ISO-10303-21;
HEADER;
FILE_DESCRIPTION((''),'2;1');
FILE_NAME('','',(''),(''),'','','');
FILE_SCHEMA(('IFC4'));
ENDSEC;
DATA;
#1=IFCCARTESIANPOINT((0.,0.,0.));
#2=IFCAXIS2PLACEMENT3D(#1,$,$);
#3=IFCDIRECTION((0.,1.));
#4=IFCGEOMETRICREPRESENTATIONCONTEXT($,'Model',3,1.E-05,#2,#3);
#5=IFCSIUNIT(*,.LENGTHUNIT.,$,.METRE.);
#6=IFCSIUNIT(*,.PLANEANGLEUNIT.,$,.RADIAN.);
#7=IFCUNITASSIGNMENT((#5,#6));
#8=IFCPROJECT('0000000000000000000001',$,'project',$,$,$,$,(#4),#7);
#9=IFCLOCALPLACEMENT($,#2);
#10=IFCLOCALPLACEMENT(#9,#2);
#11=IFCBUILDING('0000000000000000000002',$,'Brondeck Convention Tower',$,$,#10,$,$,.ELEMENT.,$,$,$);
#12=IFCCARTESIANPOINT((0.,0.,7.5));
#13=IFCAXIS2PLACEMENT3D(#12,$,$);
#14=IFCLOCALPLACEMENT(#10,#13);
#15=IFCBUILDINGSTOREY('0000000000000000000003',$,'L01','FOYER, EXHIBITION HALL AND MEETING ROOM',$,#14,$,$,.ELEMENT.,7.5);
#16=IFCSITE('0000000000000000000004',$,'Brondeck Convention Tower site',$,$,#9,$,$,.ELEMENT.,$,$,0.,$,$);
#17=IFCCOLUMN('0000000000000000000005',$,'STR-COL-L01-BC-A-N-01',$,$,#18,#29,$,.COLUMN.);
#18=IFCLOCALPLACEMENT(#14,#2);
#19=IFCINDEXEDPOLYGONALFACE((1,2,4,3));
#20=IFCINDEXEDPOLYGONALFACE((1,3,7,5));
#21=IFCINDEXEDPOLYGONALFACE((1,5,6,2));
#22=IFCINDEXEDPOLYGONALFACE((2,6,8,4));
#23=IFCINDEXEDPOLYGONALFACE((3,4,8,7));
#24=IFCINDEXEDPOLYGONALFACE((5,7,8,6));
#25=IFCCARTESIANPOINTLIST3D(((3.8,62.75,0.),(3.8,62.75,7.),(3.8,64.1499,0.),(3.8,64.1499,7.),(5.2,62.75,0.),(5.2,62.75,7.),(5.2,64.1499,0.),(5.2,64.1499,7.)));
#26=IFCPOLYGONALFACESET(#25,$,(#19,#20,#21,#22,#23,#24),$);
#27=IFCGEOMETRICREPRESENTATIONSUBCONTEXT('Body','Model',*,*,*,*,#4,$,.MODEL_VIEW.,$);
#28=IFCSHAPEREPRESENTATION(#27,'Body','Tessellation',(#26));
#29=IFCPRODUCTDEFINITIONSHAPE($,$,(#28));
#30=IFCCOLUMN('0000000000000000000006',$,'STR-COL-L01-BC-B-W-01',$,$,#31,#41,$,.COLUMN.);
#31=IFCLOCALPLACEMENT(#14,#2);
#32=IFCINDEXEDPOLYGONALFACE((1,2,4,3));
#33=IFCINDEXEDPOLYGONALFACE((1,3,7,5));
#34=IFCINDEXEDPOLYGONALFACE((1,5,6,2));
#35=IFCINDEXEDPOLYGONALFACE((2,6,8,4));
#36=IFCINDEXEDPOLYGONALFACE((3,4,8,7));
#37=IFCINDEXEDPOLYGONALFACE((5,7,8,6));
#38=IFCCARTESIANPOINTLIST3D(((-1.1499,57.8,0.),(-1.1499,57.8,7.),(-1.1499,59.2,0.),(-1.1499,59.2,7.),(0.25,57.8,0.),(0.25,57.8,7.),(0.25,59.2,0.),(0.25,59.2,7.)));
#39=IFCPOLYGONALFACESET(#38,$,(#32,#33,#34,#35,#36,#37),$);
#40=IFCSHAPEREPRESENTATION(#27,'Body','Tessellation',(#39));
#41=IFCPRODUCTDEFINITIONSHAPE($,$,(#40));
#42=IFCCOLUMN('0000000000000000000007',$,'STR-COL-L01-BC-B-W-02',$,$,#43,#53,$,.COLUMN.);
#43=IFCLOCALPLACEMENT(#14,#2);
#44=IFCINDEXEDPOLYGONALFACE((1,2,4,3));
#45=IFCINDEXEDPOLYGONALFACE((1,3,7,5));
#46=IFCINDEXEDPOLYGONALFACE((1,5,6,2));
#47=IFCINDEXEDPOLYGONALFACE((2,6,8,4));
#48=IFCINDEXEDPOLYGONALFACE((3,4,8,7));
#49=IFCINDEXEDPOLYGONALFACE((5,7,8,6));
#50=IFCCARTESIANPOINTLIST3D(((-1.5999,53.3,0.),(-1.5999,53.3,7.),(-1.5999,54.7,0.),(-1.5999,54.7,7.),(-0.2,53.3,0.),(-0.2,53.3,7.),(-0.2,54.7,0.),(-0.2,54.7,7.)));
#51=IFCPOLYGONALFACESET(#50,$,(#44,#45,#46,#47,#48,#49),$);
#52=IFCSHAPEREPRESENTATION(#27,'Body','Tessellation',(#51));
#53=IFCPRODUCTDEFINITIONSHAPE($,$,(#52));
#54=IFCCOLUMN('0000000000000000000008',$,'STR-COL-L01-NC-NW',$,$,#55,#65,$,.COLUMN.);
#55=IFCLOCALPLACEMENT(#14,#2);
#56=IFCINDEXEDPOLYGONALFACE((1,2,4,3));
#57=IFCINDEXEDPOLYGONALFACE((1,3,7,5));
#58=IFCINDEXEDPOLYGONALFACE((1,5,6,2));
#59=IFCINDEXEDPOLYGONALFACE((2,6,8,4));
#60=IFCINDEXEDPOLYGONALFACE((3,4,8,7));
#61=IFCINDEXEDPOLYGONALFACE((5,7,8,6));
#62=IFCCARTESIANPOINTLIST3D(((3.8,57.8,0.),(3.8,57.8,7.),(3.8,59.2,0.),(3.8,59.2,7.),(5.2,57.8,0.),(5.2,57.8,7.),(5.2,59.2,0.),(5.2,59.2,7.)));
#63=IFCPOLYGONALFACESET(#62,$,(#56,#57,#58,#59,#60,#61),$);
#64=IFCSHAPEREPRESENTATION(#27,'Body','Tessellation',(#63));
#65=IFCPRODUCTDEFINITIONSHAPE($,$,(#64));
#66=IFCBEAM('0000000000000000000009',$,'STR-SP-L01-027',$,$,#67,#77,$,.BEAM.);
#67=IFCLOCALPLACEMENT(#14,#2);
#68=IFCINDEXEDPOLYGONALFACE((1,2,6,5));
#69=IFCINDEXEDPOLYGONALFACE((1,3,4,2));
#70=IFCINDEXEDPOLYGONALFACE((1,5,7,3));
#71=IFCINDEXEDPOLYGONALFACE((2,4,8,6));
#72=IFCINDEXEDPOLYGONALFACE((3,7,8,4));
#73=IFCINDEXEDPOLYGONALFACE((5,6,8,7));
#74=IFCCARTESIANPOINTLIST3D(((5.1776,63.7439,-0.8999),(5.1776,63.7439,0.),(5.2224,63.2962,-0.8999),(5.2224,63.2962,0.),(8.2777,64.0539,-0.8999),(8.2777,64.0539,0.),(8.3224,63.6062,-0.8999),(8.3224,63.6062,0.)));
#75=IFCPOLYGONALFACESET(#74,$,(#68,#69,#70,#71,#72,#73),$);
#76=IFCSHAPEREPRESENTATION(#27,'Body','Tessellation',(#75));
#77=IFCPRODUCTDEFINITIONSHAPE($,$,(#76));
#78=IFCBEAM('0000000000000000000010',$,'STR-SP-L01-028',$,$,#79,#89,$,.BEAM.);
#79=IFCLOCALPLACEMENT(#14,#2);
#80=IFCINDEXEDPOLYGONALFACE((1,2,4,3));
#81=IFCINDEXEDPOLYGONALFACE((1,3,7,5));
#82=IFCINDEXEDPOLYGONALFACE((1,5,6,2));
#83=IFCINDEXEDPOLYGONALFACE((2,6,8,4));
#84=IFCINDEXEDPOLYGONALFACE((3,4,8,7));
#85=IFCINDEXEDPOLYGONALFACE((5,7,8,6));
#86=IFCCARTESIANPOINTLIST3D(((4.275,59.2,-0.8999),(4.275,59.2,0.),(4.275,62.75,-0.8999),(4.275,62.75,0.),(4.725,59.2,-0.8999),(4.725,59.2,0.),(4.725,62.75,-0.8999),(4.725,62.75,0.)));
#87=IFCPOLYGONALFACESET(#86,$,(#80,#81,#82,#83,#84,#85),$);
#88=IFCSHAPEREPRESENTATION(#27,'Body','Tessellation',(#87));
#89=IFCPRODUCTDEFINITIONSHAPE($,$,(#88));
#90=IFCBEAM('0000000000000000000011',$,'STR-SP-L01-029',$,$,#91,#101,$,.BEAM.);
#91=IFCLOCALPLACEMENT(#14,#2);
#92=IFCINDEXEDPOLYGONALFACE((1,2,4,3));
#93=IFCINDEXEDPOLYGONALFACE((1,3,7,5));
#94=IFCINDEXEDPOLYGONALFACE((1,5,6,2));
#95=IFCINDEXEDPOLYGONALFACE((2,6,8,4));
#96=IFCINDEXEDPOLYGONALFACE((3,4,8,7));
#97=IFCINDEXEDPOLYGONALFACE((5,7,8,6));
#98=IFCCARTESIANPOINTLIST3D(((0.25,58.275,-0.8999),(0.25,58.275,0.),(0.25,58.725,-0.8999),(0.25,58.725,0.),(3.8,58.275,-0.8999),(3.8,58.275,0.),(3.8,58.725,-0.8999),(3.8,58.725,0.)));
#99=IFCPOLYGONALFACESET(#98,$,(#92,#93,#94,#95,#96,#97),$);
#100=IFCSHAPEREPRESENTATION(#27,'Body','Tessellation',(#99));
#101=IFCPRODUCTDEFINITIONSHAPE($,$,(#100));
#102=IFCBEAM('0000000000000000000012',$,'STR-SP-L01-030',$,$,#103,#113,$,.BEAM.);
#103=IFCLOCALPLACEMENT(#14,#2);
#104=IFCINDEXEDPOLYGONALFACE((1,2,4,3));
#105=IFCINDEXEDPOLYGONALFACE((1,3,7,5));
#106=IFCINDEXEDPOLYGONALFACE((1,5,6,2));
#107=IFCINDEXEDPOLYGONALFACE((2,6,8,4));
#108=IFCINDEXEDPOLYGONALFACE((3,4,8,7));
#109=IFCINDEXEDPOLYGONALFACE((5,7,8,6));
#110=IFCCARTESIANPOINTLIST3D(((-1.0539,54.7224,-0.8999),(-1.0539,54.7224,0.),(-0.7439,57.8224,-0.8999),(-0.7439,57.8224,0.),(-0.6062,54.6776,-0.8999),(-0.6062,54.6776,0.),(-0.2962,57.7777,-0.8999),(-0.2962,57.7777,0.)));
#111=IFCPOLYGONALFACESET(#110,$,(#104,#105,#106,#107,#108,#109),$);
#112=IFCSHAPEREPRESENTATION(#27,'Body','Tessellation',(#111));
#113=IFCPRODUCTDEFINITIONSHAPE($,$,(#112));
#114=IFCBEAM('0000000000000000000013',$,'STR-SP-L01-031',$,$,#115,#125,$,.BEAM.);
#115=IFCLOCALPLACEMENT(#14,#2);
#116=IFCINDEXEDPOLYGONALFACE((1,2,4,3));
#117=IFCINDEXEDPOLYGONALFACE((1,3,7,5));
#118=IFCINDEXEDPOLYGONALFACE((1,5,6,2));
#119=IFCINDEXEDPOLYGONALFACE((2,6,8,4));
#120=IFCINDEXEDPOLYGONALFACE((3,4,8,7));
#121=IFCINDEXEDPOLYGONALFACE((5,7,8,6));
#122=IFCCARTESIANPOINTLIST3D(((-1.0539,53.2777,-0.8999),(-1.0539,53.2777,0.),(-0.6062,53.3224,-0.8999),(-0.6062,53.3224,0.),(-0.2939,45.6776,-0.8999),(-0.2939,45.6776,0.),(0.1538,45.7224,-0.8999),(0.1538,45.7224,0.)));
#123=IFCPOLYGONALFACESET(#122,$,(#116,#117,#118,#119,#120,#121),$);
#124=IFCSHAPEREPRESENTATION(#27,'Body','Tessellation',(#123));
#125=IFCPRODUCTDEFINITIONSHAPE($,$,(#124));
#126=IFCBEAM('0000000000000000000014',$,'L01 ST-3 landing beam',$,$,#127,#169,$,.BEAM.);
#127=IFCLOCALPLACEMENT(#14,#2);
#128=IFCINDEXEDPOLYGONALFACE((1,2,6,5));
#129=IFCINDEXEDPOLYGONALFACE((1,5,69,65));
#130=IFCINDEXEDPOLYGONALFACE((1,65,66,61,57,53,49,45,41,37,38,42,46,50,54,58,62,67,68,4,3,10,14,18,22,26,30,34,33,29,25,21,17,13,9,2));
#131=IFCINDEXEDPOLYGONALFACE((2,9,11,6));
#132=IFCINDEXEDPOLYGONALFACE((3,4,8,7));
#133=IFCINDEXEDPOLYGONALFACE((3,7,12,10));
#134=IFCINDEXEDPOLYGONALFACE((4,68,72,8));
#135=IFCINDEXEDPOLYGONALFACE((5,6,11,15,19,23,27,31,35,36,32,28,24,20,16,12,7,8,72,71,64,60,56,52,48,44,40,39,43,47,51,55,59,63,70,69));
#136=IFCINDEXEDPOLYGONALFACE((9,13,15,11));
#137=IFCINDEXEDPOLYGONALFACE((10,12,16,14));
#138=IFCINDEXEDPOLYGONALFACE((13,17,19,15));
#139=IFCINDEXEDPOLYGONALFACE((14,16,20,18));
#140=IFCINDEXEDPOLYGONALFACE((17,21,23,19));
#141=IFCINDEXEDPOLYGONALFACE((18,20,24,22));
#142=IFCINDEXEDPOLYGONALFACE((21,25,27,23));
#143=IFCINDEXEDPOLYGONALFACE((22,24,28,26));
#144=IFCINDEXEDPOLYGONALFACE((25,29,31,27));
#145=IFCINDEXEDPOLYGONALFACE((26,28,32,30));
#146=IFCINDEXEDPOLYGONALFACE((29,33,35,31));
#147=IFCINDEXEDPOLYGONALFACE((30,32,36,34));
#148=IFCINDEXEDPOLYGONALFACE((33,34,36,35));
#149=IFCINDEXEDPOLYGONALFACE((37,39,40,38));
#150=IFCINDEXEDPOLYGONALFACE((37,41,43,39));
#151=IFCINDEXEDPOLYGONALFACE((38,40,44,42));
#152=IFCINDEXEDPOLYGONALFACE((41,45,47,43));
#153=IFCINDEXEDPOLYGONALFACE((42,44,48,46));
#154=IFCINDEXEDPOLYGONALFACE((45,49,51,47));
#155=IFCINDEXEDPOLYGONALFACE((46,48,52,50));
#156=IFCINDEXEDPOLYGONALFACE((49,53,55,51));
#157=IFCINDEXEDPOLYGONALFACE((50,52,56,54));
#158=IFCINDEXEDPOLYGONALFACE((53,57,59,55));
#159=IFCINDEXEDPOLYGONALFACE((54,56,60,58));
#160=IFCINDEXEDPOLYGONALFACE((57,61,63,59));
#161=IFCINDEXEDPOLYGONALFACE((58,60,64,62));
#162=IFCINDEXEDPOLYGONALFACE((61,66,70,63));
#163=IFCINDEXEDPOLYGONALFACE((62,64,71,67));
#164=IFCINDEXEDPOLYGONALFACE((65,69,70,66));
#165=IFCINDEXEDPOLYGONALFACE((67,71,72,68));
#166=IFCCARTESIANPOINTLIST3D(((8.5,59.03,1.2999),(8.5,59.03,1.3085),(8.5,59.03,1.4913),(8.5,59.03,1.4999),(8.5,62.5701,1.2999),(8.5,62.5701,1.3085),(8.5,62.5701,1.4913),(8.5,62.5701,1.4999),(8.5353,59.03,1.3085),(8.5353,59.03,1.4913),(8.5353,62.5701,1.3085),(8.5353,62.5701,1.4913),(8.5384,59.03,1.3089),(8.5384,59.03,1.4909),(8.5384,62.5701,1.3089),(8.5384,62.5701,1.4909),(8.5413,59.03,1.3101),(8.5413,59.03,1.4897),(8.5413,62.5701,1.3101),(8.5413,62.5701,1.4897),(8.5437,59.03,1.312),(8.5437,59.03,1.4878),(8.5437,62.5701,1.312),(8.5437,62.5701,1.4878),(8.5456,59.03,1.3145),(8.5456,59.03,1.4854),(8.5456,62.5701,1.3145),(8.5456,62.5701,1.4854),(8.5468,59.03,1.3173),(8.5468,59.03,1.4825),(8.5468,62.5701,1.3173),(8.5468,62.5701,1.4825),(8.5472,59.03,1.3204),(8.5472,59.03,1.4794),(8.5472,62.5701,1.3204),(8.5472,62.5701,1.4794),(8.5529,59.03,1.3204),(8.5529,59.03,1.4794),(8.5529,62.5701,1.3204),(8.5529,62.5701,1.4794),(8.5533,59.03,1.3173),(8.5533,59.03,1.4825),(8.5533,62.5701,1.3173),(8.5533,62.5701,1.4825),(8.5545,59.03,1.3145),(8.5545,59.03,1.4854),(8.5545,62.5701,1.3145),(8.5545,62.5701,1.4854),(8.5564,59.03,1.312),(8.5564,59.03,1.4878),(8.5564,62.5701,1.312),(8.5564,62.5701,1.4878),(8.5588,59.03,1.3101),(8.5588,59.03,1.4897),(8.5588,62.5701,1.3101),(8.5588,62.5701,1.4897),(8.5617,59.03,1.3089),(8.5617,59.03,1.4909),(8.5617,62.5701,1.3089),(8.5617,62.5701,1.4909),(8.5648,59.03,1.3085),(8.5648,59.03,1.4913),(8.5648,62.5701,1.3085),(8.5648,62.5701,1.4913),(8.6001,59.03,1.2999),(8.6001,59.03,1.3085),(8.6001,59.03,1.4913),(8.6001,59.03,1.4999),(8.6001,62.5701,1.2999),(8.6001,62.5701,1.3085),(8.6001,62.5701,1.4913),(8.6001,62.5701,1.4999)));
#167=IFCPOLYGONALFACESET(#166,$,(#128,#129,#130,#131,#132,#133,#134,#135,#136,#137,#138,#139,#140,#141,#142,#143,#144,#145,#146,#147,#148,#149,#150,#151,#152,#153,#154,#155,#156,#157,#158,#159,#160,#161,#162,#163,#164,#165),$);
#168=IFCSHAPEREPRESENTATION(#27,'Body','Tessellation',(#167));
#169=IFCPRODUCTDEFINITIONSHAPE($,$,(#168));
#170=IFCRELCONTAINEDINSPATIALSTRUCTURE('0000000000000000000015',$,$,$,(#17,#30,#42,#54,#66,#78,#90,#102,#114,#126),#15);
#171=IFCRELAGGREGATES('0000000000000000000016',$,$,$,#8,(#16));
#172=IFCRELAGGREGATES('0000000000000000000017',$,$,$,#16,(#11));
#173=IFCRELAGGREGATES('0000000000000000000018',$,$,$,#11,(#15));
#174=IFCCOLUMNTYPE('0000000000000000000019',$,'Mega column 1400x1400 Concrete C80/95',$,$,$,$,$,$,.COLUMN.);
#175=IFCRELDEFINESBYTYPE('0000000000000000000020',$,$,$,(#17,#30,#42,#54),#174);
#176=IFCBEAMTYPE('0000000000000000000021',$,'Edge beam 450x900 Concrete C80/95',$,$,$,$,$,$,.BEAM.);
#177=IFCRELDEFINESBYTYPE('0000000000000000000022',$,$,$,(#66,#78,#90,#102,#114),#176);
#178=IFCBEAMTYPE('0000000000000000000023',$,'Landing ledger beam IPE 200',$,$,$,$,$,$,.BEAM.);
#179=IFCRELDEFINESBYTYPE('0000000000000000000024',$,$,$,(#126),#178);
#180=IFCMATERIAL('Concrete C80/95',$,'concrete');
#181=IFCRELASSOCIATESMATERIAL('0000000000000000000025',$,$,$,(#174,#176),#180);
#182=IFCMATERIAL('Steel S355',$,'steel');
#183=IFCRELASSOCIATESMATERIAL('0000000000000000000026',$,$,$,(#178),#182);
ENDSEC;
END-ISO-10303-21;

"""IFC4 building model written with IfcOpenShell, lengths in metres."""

from ifc_helpers import new_model, si_unit, direction, frame, origin, origin_2d, place, context, subcontext, project, spatial, rectangle, i_section, extrude, material, material_profile, profile_set, type_object, element, save


model = new_model("IFC4")

# Units and contexts
model_context = context("Model", 3, precision=1e-05, world=origin(), true_north=direction((0.0, 1.0)))
body_context = subcontext(model_context, "Body", "Model", "MODEL_VIEW")
ifc_project = project(units=[si_unit("LENGTHUNIT", "METRE"), si_unit("PLANEANGLEUNIT", "RADIAN")], contexts=[model_context])

# Site, building, storey
site_placement = place(None, origin())
site = spatial("IfcSite", under=ifc_project, at=site_placement, Name="Brondeck Convention Tower site", CompositionType="ELEMENT", RefElevation=0.0)
building_placement = place(site_placement, origin())
building = spatial("IfcBuilding", under=site, at=building_placement, Name="Brondeck Convention Tower", CompositionType="ELEMENT")
storey_placement = place(building_placement, frame((0.0, 0.0, 7.5)))
storey = spatial("IfcBuildingStorey", under=building, at=storey_placement, Name="L01", Description="FOYER, EXHIBITION HALL AND MEETING ROOM", CompositionType="ELEMENT", Elevation=7.5)

# Columns
ifc_material_1 = material(Name="Concrete C80/95", Category="concrete")
ifc_material_profile_1 = material_profile(ifc_material_1, rectangle(XDim=1.3999, YDim=1.3999, at=origin_2d()), Name="Mega column 1400x1400 Concrete C80/95")
ifc_profile_set_1 = profile_set([ifc_material_profile_1], Name="Concrete C80/95")
column_type = type_object("IfcColumnType", Name="Mega column 1400x1400 Concrete C80/95", PredefinedType="COLUMN", material=ifc_profile_set_1)
for number, where, z_axis, x_axis, name in (
    (1, (4.5, 63.45, 0.0), (0.0, 0.0, 1.0), (1.0, 0.0, 0.0), "STR-COL-L01-BC-A-N-01"),
    (2, (-0.45, 58.5, 0.0), (0.0, 0.0, 1.0), (1.0, 0.0, 0.0), "STR-COL-L01-BC-B-W-01"),
    (3, (-0.8999, 54.0, 0.0), (0.0, 0.0, 1.0), (1.0, 0.0, 0.0), "STR-COL-L01-BC-B-W-02"),
    (4, (4.5, 58.5, 0.0), (0.0, 0.0, 1.0), (1.0, 0.0, 0.0), "STR-COL-L01-NC-NW"),
):
    element("IfcColumn", number, at=place(storey_placement, frame(where, z_axis=z_axis, x_axis=x_axis)), inside=storey, type_object=column_type, Name=name, PredefinedType="COLUMN", context=body_context, shape_type="SweptSolid", body=[
        extrude(rectangle(XDim=1.3999, YDim=1.3999, at=origin_2d()), origin(), (0.0, 0.0, 1.0), 7.0),
    ])

# Beams
ifc_material_profile_2 = material_profile(ifc_material_1, rectangle(XDim=0.45, YDim=0.8999, at=origin_2d()), Name="Edge beam 450x900 Concrete C80/95")
ifc_profile_set_2 = profile_set([ifc_material_profile_2], Name="Concrete C80/95")
beam_type_1 = type_object("IfcBeamType", Name="Edge beam 450x900 Concrete C80/95", PredefinedType="BEAM", material=ifc_profile_set_2)
beam_1_placement = place(storey_placement, frame((8.3, 63.8301, -0.45), z_axis=(-0.995036, -0.099519, 0.0), x_axis=(0.099519, -0.995036, 0.0)))
element("IfcBeam", 5, at=beam_1_placement, inside=storey, type_object=beam_type_1, Name="STR-SP-L01-027", PredefinedType="BEAM", context=body_context, shape_type="SweptSolid", body=[
    extrude(rectangle(XDim=0.45, YDim=0.8999, at=origin_2d()), origin(), (0.0, 0.0, 1.0), 3.1155),
])
for number, where, z_axis, x_axis, name in (
    (6, (4.5, 62.75, -0.45), (0.0, -1.0, 0.0), (1.0, 0.0, 0.0), "STR-SP-L01-028"),
    (7, (3.8, 58.5, -0.45), (-1.0, 0.0, 0.0), (0.0, -1.0, 0.0), "STR-SP-L01-029"),
):
    element("IfcBeam", number, at=place(storey_placement, frame(where, z_axis=z_axis, x_axis=x_axis)), inside=storey, type_object=beam_type_1, Name=name, PredefinedType="BEAM", context=body_context, shape_type="SweptSolid", body=[
        extrude(rectangle(XDim=0.45, YDim=0.8999, at=origin_2d()), origin(), (0.0, 0.0, 1.0), 3.55),
    ])
beam_2_placement = place(storey_placement, frame((-0.52, 57.8, -0.45), z_axis=(-0.099519, -0.995036, 0.0), x_axis=(0.995036, -0.099519, 0.0)))
element("IfcBeam", 8, at=beam_2_placement, inside=storey, type_object=beam_type_1, Name="STR-SP-L01-030", PredefinedType="BEAM", context=body_context, shape_type="SweptSolid", body=[
    extrude(rectangle(XDim=0.45, YDim=0.8999, at=origin_2d()), origin(), (0.0, 0.0, 1.0), 3.1155),
])
beam_3_placement = place(storey_placement, frame((-0.8301, 53.3, -0.45), z_axis=(0.099504, -0.995037, 0.0), x_axis=(0.995037, 0.099504, 0.0)))
element("IfcBeam", 9, at=beam_3_placement, inside=storey, type_object=beam_type_1, Name="STR-SP-L01-031", PredefinedType="BEAM", context=body_context, shape_type="SweptSolid", body=[
    extrude(rectangle(XDim=0.45, YDim=0.8999, at=origin_2d()), origin(), (0.0, 0.0, 1.0), 7.6379),
])
ifc_material_2 = material(Name="Steel S355", Category="steel")
ifc_material_profile_3 = material_profile(ifc_material_2, i_section(OverallWidth=0.1001, OverallDepth=0.2, WebThickness=0.0056, FlangeThickness=0.0085, FilletRadius=0.012, at=origin_2d()), Name="IPE200")
ifc_profile_set_3 = profile_set([ifc_material_profile_3], Name="Steel S355")
beam_type_2 = type_object("IfcBeamType", Name="Landing ledger beam IPE 200", PredefinedType="BEAM", material=ifc_profile_set_3)
for number, where, z_axis, x_axis, name in (
    (10, (8.55, 62.5701, 1.3999), (0.0, -1.0, 0.0), (1.0, 0.0, 0.0), "L01 ST-3 landing beam"),
):
    element("IfcBeam", number, at=place(storey_placement, frame(where, z_axis=z_axis, x_axis=x_axis)), inside=storey, type_object=beam_type_2, Name=name, PredefinedType="BEAM", context=body_context, shape_type="SweptSolid", body=[
        extrude(i_section(OverallWidth=0.1001, OverallDepth=0.2, WebThickness=0.0056, FlangeThickness=0.0085, FilletRadius=0.012, at=origin_2d()), origin(), (0.0, 0.0, 1.0), 3.54),
    ])

save(model, "model.ifc")
